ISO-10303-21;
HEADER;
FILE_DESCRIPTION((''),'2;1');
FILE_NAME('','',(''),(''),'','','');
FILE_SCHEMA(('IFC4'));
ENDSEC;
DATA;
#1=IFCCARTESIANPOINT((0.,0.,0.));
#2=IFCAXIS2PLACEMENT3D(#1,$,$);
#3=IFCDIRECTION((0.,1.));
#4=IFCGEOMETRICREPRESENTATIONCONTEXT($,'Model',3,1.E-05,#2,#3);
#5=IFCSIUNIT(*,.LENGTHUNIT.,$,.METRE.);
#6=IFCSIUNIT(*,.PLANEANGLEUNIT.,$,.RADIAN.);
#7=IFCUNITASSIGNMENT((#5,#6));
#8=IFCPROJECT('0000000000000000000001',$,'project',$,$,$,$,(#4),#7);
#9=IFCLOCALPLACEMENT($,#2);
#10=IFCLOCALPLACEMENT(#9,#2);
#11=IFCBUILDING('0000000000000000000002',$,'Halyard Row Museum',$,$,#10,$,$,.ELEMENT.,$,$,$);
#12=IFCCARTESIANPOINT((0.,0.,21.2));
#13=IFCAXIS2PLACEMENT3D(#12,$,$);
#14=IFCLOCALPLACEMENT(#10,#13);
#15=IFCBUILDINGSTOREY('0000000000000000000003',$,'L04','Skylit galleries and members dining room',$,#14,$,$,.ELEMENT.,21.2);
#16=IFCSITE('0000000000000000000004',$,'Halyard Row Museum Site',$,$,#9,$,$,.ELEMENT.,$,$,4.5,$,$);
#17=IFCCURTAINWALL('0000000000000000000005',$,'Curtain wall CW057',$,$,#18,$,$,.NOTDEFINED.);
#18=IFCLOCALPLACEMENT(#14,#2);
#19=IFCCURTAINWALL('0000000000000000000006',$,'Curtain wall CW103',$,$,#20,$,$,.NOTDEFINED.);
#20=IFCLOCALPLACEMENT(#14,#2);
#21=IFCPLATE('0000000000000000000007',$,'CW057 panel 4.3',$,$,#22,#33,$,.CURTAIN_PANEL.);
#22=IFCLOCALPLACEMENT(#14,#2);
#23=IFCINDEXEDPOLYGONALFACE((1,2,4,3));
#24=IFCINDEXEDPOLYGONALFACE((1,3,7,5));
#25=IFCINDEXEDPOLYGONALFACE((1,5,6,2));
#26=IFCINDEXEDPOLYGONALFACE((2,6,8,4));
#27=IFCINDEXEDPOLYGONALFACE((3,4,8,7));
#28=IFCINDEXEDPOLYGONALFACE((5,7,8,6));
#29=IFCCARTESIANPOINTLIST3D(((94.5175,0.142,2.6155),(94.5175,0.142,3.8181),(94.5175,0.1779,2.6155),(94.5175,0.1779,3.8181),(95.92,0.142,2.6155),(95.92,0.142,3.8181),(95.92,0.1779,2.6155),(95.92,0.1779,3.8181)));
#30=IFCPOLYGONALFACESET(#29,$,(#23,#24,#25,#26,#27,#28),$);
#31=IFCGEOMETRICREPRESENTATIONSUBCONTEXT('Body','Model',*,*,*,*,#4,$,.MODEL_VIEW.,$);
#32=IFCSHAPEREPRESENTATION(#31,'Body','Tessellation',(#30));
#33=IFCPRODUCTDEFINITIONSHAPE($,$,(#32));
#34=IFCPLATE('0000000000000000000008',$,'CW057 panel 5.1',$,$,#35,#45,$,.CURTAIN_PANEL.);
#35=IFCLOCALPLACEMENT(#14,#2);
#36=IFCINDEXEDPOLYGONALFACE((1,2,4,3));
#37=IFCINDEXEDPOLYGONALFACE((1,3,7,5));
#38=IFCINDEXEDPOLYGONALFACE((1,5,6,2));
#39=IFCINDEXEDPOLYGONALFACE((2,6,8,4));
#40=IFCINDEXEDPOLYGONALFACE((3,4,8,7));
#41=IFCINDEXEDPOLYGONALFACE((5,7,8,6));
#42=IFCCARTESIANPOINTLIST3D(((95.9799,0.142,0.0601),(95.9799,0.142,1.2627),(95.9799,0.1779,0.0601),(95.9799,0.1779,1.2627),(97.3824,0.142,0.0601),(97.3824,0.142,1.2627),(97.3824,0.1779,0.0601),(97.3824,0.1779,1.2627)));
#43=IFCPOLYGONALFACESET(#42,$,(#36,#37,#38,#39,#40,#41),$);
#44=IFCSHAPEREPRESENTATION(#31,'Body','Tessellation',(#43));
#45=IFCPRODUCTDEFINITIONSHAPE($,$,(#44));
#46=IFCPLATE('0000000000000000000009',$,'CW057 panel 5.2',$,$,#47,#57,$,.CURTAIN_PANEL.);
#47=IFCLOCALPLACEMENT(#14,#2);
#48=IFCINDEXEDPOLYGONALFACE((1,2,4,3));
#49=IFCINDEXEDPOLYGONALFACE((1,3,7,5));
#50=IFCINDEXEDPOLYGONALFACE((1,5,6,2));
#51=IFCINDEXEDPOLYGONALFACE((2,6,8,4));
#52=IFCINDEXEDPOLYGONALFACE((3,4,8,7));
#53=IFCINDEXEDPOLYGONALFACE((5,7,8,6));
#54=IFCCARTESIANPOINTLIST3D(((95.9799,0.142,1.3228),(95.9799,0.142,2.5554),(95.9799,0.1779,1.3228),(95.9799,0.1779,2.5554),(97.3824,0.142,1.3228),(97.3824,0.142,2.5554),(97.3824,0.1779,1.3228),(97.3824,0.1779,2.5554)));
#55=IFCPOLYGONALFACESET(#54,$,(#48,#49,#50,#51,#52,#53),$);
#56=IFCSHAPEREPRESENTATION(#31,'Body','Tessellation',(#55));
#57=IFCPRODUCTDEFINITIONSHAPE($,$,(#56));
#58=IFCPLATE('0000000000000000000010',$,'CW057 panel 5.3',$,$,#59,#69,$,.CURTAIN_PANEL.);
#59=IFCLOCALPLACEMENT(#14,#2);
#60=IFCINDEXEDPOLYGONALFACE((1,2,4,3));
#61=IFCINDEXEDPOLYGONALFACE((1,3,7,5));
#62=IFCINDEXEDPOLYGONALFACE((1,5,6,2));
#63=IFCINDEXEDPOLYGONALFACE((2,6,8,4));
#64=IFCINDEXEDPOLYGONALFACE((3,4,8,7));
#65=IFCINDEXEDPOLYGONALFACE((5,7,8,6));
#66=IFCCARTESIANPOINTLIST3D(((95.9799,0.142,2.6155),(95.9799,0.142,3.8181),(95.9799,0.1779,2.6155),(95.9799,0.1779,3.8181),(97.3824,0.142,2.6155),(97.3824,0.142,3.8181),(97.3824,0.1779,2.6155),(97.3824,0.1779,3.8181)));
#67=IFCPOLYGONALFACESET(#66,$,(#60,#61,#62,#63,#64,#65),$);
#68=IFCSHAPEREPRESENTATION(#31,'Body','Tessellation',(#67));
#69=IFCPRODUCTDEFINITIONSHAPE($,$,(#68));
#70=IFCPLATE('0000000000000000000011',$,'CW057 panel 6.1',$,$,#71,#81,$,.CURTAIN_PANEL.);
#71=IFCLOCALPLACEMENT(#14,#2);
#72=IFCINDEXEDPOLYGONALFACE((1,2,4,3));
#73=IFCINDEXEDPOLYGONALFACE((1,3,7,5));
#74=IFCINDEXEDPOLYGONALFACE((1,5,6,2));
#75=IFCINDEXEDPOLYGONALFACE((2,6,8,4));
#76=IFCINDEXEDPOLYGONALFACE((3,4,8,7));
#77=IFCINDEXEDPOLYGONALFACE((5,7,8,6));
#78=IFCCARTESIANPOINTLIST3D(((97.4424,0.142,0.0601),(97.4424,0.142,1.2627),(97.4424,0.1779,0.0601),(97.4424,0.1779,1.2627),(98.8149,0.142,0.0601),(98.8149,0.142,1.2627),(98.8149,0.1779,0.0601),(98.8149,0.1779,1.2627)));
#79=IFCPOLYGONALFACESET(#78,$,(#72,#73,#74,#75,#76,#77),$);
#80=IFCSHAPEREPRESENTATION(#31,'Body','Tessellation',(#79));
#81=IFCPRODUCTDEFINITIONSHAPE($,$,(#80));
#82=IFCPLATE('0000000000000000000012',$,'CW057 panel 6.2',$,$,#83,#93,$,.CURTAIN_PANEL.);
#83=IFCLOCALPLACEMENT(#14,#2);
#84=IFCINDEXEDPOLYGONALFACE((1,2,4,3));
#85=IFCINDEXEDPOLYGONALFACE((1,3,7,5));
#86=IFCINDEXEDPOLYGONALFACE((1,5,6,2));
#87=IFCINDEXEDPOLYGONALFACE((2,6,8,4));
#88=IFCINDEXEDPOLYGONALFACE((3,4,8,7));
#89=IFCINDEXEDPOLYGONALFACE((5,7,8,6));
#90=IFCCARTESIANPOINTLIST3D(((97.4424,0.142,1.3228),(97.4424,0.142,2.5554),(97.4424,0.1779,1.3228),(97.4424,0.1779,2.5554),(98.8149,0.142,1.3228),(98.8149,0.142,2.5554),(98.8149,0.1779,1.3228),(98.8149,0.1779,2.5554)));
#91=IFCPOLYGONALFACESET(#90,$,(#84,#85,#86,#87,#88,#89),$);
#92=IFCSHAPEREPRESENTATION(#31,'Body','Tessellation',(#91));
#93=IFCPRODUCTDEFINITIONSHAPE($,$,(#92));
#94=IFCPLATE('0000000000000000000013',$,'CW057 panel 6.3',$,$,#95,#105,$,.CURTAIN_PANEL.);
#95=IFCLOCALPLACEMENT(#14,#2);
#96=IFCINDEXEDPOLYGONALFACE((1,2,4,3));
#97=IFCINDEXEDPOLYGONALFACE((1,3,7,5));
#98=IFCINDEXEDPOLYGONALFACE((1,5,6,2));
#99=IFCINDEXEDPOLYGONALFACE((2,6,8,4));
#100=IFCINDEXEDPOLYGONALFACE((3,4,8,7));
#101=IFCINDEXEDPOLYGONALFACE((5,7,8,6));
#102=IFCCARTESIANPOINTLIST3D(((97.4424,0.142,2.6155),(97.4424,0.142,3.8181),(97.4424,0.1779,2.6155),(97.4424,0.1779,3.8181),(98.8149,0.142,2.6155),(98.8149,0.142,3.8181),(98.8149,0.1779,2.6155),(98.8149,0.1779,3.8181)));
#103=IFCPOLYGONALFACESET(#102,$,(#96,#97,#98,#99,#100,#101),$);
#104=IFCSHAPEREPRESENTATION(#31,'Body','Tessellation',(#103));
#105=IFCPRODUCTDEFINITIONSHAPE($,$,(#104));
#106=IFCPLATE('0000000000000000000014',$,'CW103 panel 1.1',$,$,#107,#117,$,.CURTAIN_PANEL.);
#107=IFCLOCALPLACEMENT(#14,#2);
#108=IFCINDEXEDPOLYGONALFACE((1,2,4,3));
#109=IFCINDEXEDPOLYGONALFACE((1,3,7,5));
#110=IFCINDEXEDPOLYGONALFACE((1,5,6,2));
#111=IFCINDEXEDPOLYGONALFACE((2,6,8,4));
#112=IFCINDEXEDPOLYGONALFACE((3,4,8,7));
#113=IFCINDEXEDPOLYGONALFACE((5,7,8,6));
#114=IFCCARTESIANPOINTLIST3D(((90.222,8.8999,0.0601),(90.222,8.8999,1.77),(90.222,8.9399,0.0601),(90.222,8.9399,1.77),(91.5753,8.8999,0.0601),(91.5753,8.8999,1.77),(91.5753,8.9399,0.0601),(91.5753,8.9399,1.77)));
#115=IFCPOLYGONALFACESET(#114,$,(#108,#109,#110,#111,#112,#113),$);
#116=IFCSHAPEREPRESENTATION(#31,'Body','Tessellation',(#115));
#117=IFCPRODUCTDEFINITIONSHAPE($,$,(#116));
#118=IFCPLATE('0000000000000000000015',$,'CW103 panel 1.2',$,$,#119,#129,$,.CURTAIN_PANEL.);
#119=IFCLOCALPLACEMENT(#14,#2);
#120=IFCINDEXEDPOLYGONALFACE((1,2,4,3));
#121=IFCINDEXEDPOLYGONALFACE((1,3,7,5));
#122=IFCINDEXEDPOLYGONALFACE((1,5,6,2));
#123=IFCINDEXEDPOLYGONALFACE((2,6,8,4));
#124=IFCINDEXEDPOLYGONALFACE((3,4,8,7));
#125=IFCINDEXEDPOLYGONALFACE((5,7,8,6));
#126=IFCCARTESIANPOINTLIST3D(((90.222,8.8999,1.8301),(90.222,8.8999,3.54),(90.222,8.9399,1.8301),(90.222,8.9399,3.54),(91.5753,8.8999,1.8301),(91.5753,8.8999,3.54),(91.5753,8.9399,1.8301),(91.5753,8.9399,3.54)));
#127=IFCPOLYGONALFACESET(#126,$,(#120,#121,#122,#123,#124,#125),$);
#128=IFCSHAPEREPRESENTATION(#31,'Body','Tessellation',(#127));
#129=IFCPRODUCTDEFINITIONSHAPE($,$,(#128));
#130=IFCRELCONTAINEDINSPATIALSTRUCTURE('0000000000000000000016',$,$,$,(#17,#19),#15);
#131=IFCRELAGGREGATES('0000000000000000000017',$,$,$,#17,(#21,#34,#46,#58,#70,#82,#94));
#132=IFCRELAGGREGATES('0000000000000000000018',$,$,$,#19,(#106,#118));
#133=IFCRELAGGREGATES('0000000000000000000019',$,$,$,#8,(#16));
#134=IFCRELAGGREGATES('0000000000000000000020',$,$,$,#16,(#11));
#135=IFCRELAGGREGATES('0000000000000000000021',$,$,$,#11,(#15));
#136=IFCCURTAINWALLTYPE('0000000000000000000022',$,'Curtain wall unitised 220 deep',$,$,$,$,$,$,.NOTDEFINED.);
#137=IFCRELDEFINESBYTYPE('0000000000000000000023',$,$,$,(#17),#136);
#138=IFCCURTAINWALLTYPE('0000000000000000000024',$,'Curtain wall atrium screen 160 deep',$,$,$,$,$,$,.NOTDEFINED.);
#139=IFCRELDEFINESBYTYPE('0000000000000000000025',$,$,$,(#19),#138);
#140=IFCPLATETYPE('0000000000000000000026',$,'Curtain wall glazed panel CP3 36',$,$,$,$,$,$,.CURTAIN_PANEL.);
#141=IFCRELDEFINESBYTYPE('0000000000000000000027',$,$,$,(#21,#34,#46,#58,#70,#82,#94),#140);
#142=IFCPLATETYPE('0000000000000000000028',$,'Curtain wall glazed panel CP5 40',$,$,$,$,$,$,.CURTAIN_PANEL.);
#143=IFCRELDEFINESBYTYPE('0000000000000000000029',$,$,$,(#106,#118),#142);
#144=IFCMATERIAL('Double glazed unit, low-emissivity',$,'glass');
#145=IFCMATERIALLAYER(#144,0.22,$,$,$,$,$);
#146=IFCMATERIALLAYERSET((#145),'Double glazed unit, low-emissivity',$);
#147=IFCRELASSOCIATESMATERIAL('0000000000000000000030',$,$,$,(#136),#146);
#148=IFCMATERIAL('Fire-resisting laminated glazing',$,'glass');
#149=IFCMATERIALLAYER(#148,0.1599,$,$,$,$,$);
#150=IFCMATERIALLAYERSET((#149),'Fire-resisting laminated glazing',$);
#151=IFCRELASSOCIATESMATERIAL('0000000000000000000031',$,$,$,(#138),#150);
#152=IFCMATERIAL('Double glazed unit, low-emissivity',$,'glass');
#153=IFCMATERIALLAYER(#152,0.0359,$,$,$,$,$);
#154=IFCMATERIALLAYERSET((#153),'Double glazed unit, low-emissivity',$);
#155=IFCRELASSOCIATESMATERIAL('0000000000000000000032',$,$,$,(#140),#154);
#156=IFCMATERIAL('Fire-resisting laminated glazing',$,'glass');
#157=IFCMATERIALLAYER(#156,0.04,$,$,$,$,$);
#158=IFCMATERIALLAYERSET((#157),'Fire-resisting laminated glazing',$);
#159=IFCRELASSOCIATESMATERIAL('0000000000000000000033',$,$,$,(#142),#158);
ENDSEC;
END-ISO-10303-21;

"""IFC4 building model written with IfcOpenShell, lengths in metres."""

from ifc_helpers import new_model, si_unit, direction, frame, origin, origin_2d, place, context, subcontext, project, spatial, rectangle, extrude, material, layer, layer_set, type_object, element, aggregate, save


model = new_model("IFC4")

# Units and contexts
model_context = context("Model", 3, precision=1e-05, world=origin(), true_north=direction((0.0, 1.0)))
body_context = subcontext(model_context, "Body", "Model", "MODEL_VIEW")
ifc_project = project(units=[si_unit("LENGTHUNIT", "METRE"), si_unit("PLANEANGLEUNIT", "RADIAN")], contexts=[model_context])

# Site, building, storey
site_placement = place(None, origin())
site = spatial("IfcSite", under=ifc_project, at=site_placement, Name="Halyard Row Museum Site", CompositionType="ELEMENT", RefElevation=4.5)
building_placement = place(site_placement, origin())
building = spatial("IfcBuilding", under=site, at=building_placement, Name="Halyard Row Museum", CompositionType="ELEMENT")
storey_placement = place(building_placement, frame((0.0, 0.0, 21.2)))
storey = spatial("IfcBuildingStorey", under=building, at=storey_placement, Name="L04", Description="Skylit galleries and members dining room", CompositionType="ELEMENT", Elevation=21.2)

# Curtain wall
ifc_material_1 = material(Name="Double glazed unit, low-emissivity", Category="glass")
ifc_layer_1 = layer(ifc_material_1, 0.22)
ifc_layer_set_1 = layer_set([ifc_layer_1], Name="Double glazed unit, low-emissivity")
curtain_wall_type_1 = type_object("IfcCurtainWallType", Name="Curtain wall unitised 220 deep", PredefinedType="NOTDEFINED", material=ifc_layer_set_1)
curtain_wall_1_placement = place(storey_placement, origin())
curtain_wall_1 = element("IfcCurtainWall", 1, at=curtain_wall_1_placement, inside=storey, type_object=curtain_wall_type_1, Name="Curtain wall CW057", PredefinedType="NOTDEFINED")

# Curtain wall
ifc_material_2 = material(Name="Fire-resisting laminated glazing", Category="glass")
ifc_layer_2 = layer(ifc_material_2, 0.1599)
ifc_layer_set_2 = layer_set([ifc_layer_2], Name="Fire-resisting laminated glazing")
curtain_wall_type_2 = type_object("IfcCurtainWallType", Name="Curtain wall atrium screen 160 deep", PredefinedType="NOTDEFINED", material=ifc_layer_set_2)
curtain_wall_2_placement = place(storey_placement, origin())
curtain_wall_2 = element("IfcCurtainWall", 2, at=curtain_wall_2_placement, inside=storey, type_object=curtain_wall_type_2, Name="Curtain wall CW103", PredefinedType="NOTDEFINED")

# Plates
ifc_material_3 = material(Name="Double glazed unit, low-emissivity", Category="glass")
ifc_layer_3 = layer(ifc_material_3, 0.0359)
ifc_layer_set_3 = layer_set([ifc_layer_3], Name="Double glazed unit, low-emissivity")
plate_type_1 = type_object("IfcPlateType", Name="Curtain wall glazed panel CP3 36", PredefinedType="CURTAIN_PANEL", material=ifc_layer_set_3)
plate_1_placement = place(storey_placement, frame((95.2188, 0.1599, 2.6155), z_axis=(0.0, 0.0, 1.0), x_axis=(1.0, 0.0, 0.0)))
plate_1 = element("IfcPlate", 3, at=plate_1_placement, type_object=plate_type_1, Name="CW057 panel 4.3", PredefinedType="CURTAIN_PANEL", context=body_context, shape_type="SweptSolid", body=[
    extrude(rectangle(XDim=1.4026, YDim=0.0359, at=origin_2d()), origin(), (0.0, 0.0, 1.0), 1.2026),
])
plate_2_placement = place(storey_placement, frame((96.6812, 0.1599, 0.0601), z_axis=(0.0, 0.0, 1.0), x_axis=(1.0, 0.0, 0.0)))
plate_2 = element("IfcPlate", 4, at=plate_2_placement, type_object=plate_type_1, Name="CW057 panel 5.1", PredefinedType="CURTAIN_PANEL", context=body_context, shape_type="SweptSolid", body=[
    extrude(rectangle(XDim=1.4026, YDim=0.0359, at=origin_2d()), origin(), (0.0, 0.0, 1.0), 1.2026),
])
plate_3_placement = place(storey_placement, frame((96.6812, 0.1599, 1.3228), z_axis=(0.0, 0.0, 1.0), x_axis=(1.0, 0.0, 0.0)))
plate_3 = element("IfcPlate", 5, at=plate_3_placement, type_object=plate_type_1, Name="CW057 panel 5.2", PredefinedType="CURTAIN_PANEL", context=body_context, shape_type="SweptSolid", body=[
    extrude(rectangle(XDim=1.4026, YDim=0.0359, at=origin_2d()), origin(), (0.0, 0.0, 1.0), 1.2327),
])
plate_4_placement = place(storey_placement, frame((96.6812, 0.1599, 2.6155), z_axis=(0.0, 0.0, 1.0), x_axis=(1.0, 0.0, 0.0)))
plate_4 = element("IfcPlate", 6, at=plate_4_placement, type_object=plate_type_1, Name="CW057 panel 5.3", PredefinedType="CURTAIN_PANEL", context=body_context, shape_type="SweptSolid", body=[
    extrude(rectangle(XDim=1.4026, YDim=0.0359, at=origin_2d()), origin(), (0.0, 0.0, 1.0), 1.2026),
])
plate_5_placement = place(storey_placement, frame((98.1287, 0.1599, 0.0601), z_axis=(0.0, 0.0, 1.0), x_axis=(1.0, 0.0, 0.0)))
plate_5 = element("IfcPlate", 7, at=plate_5_placement, type_object=plate_type_1, Name="CW057 panel 6.1", PredefinedType="CURTAIN_PANEL", context=body_context, shape_type="SweptSolid", body=[
    extrude(rectangle(XDim=1.3726, YDim=0.0359, at=origin_2d()), origin(), (0.0, 0.0, 1.0), 1.2026),
])
plate_6_placement = place(storey_placement, frame((98.1287, 0.1599, 1.3228), z_axis=(0.0, 0.0, 1.0), x_axis=(1.0, 0.0, 0.0)))
plate_6 = element("IfcPlate", 8, at=plate_6_placement, type_object=plate_type_1, Name="CW057 panel 6.2", PredefinedType="CURTAIN_PANEL", context=body_context, shape_type="SweptSolid", body=[
    extrude(rectangle(XDim=1.3726, YDim=0.0359, at=origin_2d()), origin(), (0.0, 0.0, 1.0), 1.2327),
])
plate_7_placement = place(storey_placement, frame((98.1287, 0.1599, 2.6155), z_axis=(0.0, 0.0, 1.0), x_axis=(1.0, 0.0, 0.0)))
plate_7 = element("IfcPlate", 9, at=plate_7_placement, type_object=plate_type_1, Name="CW057 panel 6.3", PredefinedType="CURTAIN_PANEL", context=body_context, shape_type="SweptSolid", body=[
    extrude(rectangle(XDim=1.3726, YDim=0.0359, at=origin_2d()), origin(), (0.0, 0.0, 1.0), 1.2026),
])
aggregate(curtain_wall_1, [plate_1, plate_2, plate_3, plate_4, plate_5, plate_6, plate_7])
ifc_material_4 = material(Name="Fire-resisting laminated glazing", Category="glass")
ifc_layer_4 = layer(ifc_material_4, 0.04)
ifc_layer_set_4 = layer_set([ifc_layer_4], Name="Fire-resisting laminated glazing")
plate_type_2 = type_object("IfcPlateType", Name="Curtain wall glazed panel CP5 40", PredefinedType="CURTAIN_PANEL", material=ifc_layer_set_4)
plate_8_placement = place(storey_placement, frame((90.8987, 8.9199, 0.0601), z_axis=(0.0, 0.0, 1.0), x_axis=(1.0, 0.0, 0.0)))
plate_8 = element("IfcPlate", 10, at=plate_8_placement, type_object=plate_type_2, Name="CW103 panel 1.1", PredefinedType="CURTAIN_PANEL", context=body_context, shape_type="SweptSolid", body=[
    extrude(rectangle(XDim=1.3533, YDim=0.04, at=origin_2d()), origin(), (0.0, 0.0, 1.0), 1.71),
])
plate_9_placement = place(storey_placement, frame((90.8987, 8.9199, 1.8301), z_axis=(0.0, 0.0, 1.0), x_axis=(1.0, 0.0, 0.0)))
plate_9 = element("IfcPlate", 11, at=plate_9_placement, type_object=plate_type_2, Name="CW103 panel 1.2", PredefinedType="CURTAIN_PANEL", context=body_context, shape_type="SweptSolid", body=[
    extrude(rectangle(XDim=1.3533, YDim=0.04, at=origin_2d()), origin(), (0.0, 0.0, 1.0), 1.71),
])
aggregate(curtain_wall_2, [plate_8, plate_9])

save(model, "model.ifc")
